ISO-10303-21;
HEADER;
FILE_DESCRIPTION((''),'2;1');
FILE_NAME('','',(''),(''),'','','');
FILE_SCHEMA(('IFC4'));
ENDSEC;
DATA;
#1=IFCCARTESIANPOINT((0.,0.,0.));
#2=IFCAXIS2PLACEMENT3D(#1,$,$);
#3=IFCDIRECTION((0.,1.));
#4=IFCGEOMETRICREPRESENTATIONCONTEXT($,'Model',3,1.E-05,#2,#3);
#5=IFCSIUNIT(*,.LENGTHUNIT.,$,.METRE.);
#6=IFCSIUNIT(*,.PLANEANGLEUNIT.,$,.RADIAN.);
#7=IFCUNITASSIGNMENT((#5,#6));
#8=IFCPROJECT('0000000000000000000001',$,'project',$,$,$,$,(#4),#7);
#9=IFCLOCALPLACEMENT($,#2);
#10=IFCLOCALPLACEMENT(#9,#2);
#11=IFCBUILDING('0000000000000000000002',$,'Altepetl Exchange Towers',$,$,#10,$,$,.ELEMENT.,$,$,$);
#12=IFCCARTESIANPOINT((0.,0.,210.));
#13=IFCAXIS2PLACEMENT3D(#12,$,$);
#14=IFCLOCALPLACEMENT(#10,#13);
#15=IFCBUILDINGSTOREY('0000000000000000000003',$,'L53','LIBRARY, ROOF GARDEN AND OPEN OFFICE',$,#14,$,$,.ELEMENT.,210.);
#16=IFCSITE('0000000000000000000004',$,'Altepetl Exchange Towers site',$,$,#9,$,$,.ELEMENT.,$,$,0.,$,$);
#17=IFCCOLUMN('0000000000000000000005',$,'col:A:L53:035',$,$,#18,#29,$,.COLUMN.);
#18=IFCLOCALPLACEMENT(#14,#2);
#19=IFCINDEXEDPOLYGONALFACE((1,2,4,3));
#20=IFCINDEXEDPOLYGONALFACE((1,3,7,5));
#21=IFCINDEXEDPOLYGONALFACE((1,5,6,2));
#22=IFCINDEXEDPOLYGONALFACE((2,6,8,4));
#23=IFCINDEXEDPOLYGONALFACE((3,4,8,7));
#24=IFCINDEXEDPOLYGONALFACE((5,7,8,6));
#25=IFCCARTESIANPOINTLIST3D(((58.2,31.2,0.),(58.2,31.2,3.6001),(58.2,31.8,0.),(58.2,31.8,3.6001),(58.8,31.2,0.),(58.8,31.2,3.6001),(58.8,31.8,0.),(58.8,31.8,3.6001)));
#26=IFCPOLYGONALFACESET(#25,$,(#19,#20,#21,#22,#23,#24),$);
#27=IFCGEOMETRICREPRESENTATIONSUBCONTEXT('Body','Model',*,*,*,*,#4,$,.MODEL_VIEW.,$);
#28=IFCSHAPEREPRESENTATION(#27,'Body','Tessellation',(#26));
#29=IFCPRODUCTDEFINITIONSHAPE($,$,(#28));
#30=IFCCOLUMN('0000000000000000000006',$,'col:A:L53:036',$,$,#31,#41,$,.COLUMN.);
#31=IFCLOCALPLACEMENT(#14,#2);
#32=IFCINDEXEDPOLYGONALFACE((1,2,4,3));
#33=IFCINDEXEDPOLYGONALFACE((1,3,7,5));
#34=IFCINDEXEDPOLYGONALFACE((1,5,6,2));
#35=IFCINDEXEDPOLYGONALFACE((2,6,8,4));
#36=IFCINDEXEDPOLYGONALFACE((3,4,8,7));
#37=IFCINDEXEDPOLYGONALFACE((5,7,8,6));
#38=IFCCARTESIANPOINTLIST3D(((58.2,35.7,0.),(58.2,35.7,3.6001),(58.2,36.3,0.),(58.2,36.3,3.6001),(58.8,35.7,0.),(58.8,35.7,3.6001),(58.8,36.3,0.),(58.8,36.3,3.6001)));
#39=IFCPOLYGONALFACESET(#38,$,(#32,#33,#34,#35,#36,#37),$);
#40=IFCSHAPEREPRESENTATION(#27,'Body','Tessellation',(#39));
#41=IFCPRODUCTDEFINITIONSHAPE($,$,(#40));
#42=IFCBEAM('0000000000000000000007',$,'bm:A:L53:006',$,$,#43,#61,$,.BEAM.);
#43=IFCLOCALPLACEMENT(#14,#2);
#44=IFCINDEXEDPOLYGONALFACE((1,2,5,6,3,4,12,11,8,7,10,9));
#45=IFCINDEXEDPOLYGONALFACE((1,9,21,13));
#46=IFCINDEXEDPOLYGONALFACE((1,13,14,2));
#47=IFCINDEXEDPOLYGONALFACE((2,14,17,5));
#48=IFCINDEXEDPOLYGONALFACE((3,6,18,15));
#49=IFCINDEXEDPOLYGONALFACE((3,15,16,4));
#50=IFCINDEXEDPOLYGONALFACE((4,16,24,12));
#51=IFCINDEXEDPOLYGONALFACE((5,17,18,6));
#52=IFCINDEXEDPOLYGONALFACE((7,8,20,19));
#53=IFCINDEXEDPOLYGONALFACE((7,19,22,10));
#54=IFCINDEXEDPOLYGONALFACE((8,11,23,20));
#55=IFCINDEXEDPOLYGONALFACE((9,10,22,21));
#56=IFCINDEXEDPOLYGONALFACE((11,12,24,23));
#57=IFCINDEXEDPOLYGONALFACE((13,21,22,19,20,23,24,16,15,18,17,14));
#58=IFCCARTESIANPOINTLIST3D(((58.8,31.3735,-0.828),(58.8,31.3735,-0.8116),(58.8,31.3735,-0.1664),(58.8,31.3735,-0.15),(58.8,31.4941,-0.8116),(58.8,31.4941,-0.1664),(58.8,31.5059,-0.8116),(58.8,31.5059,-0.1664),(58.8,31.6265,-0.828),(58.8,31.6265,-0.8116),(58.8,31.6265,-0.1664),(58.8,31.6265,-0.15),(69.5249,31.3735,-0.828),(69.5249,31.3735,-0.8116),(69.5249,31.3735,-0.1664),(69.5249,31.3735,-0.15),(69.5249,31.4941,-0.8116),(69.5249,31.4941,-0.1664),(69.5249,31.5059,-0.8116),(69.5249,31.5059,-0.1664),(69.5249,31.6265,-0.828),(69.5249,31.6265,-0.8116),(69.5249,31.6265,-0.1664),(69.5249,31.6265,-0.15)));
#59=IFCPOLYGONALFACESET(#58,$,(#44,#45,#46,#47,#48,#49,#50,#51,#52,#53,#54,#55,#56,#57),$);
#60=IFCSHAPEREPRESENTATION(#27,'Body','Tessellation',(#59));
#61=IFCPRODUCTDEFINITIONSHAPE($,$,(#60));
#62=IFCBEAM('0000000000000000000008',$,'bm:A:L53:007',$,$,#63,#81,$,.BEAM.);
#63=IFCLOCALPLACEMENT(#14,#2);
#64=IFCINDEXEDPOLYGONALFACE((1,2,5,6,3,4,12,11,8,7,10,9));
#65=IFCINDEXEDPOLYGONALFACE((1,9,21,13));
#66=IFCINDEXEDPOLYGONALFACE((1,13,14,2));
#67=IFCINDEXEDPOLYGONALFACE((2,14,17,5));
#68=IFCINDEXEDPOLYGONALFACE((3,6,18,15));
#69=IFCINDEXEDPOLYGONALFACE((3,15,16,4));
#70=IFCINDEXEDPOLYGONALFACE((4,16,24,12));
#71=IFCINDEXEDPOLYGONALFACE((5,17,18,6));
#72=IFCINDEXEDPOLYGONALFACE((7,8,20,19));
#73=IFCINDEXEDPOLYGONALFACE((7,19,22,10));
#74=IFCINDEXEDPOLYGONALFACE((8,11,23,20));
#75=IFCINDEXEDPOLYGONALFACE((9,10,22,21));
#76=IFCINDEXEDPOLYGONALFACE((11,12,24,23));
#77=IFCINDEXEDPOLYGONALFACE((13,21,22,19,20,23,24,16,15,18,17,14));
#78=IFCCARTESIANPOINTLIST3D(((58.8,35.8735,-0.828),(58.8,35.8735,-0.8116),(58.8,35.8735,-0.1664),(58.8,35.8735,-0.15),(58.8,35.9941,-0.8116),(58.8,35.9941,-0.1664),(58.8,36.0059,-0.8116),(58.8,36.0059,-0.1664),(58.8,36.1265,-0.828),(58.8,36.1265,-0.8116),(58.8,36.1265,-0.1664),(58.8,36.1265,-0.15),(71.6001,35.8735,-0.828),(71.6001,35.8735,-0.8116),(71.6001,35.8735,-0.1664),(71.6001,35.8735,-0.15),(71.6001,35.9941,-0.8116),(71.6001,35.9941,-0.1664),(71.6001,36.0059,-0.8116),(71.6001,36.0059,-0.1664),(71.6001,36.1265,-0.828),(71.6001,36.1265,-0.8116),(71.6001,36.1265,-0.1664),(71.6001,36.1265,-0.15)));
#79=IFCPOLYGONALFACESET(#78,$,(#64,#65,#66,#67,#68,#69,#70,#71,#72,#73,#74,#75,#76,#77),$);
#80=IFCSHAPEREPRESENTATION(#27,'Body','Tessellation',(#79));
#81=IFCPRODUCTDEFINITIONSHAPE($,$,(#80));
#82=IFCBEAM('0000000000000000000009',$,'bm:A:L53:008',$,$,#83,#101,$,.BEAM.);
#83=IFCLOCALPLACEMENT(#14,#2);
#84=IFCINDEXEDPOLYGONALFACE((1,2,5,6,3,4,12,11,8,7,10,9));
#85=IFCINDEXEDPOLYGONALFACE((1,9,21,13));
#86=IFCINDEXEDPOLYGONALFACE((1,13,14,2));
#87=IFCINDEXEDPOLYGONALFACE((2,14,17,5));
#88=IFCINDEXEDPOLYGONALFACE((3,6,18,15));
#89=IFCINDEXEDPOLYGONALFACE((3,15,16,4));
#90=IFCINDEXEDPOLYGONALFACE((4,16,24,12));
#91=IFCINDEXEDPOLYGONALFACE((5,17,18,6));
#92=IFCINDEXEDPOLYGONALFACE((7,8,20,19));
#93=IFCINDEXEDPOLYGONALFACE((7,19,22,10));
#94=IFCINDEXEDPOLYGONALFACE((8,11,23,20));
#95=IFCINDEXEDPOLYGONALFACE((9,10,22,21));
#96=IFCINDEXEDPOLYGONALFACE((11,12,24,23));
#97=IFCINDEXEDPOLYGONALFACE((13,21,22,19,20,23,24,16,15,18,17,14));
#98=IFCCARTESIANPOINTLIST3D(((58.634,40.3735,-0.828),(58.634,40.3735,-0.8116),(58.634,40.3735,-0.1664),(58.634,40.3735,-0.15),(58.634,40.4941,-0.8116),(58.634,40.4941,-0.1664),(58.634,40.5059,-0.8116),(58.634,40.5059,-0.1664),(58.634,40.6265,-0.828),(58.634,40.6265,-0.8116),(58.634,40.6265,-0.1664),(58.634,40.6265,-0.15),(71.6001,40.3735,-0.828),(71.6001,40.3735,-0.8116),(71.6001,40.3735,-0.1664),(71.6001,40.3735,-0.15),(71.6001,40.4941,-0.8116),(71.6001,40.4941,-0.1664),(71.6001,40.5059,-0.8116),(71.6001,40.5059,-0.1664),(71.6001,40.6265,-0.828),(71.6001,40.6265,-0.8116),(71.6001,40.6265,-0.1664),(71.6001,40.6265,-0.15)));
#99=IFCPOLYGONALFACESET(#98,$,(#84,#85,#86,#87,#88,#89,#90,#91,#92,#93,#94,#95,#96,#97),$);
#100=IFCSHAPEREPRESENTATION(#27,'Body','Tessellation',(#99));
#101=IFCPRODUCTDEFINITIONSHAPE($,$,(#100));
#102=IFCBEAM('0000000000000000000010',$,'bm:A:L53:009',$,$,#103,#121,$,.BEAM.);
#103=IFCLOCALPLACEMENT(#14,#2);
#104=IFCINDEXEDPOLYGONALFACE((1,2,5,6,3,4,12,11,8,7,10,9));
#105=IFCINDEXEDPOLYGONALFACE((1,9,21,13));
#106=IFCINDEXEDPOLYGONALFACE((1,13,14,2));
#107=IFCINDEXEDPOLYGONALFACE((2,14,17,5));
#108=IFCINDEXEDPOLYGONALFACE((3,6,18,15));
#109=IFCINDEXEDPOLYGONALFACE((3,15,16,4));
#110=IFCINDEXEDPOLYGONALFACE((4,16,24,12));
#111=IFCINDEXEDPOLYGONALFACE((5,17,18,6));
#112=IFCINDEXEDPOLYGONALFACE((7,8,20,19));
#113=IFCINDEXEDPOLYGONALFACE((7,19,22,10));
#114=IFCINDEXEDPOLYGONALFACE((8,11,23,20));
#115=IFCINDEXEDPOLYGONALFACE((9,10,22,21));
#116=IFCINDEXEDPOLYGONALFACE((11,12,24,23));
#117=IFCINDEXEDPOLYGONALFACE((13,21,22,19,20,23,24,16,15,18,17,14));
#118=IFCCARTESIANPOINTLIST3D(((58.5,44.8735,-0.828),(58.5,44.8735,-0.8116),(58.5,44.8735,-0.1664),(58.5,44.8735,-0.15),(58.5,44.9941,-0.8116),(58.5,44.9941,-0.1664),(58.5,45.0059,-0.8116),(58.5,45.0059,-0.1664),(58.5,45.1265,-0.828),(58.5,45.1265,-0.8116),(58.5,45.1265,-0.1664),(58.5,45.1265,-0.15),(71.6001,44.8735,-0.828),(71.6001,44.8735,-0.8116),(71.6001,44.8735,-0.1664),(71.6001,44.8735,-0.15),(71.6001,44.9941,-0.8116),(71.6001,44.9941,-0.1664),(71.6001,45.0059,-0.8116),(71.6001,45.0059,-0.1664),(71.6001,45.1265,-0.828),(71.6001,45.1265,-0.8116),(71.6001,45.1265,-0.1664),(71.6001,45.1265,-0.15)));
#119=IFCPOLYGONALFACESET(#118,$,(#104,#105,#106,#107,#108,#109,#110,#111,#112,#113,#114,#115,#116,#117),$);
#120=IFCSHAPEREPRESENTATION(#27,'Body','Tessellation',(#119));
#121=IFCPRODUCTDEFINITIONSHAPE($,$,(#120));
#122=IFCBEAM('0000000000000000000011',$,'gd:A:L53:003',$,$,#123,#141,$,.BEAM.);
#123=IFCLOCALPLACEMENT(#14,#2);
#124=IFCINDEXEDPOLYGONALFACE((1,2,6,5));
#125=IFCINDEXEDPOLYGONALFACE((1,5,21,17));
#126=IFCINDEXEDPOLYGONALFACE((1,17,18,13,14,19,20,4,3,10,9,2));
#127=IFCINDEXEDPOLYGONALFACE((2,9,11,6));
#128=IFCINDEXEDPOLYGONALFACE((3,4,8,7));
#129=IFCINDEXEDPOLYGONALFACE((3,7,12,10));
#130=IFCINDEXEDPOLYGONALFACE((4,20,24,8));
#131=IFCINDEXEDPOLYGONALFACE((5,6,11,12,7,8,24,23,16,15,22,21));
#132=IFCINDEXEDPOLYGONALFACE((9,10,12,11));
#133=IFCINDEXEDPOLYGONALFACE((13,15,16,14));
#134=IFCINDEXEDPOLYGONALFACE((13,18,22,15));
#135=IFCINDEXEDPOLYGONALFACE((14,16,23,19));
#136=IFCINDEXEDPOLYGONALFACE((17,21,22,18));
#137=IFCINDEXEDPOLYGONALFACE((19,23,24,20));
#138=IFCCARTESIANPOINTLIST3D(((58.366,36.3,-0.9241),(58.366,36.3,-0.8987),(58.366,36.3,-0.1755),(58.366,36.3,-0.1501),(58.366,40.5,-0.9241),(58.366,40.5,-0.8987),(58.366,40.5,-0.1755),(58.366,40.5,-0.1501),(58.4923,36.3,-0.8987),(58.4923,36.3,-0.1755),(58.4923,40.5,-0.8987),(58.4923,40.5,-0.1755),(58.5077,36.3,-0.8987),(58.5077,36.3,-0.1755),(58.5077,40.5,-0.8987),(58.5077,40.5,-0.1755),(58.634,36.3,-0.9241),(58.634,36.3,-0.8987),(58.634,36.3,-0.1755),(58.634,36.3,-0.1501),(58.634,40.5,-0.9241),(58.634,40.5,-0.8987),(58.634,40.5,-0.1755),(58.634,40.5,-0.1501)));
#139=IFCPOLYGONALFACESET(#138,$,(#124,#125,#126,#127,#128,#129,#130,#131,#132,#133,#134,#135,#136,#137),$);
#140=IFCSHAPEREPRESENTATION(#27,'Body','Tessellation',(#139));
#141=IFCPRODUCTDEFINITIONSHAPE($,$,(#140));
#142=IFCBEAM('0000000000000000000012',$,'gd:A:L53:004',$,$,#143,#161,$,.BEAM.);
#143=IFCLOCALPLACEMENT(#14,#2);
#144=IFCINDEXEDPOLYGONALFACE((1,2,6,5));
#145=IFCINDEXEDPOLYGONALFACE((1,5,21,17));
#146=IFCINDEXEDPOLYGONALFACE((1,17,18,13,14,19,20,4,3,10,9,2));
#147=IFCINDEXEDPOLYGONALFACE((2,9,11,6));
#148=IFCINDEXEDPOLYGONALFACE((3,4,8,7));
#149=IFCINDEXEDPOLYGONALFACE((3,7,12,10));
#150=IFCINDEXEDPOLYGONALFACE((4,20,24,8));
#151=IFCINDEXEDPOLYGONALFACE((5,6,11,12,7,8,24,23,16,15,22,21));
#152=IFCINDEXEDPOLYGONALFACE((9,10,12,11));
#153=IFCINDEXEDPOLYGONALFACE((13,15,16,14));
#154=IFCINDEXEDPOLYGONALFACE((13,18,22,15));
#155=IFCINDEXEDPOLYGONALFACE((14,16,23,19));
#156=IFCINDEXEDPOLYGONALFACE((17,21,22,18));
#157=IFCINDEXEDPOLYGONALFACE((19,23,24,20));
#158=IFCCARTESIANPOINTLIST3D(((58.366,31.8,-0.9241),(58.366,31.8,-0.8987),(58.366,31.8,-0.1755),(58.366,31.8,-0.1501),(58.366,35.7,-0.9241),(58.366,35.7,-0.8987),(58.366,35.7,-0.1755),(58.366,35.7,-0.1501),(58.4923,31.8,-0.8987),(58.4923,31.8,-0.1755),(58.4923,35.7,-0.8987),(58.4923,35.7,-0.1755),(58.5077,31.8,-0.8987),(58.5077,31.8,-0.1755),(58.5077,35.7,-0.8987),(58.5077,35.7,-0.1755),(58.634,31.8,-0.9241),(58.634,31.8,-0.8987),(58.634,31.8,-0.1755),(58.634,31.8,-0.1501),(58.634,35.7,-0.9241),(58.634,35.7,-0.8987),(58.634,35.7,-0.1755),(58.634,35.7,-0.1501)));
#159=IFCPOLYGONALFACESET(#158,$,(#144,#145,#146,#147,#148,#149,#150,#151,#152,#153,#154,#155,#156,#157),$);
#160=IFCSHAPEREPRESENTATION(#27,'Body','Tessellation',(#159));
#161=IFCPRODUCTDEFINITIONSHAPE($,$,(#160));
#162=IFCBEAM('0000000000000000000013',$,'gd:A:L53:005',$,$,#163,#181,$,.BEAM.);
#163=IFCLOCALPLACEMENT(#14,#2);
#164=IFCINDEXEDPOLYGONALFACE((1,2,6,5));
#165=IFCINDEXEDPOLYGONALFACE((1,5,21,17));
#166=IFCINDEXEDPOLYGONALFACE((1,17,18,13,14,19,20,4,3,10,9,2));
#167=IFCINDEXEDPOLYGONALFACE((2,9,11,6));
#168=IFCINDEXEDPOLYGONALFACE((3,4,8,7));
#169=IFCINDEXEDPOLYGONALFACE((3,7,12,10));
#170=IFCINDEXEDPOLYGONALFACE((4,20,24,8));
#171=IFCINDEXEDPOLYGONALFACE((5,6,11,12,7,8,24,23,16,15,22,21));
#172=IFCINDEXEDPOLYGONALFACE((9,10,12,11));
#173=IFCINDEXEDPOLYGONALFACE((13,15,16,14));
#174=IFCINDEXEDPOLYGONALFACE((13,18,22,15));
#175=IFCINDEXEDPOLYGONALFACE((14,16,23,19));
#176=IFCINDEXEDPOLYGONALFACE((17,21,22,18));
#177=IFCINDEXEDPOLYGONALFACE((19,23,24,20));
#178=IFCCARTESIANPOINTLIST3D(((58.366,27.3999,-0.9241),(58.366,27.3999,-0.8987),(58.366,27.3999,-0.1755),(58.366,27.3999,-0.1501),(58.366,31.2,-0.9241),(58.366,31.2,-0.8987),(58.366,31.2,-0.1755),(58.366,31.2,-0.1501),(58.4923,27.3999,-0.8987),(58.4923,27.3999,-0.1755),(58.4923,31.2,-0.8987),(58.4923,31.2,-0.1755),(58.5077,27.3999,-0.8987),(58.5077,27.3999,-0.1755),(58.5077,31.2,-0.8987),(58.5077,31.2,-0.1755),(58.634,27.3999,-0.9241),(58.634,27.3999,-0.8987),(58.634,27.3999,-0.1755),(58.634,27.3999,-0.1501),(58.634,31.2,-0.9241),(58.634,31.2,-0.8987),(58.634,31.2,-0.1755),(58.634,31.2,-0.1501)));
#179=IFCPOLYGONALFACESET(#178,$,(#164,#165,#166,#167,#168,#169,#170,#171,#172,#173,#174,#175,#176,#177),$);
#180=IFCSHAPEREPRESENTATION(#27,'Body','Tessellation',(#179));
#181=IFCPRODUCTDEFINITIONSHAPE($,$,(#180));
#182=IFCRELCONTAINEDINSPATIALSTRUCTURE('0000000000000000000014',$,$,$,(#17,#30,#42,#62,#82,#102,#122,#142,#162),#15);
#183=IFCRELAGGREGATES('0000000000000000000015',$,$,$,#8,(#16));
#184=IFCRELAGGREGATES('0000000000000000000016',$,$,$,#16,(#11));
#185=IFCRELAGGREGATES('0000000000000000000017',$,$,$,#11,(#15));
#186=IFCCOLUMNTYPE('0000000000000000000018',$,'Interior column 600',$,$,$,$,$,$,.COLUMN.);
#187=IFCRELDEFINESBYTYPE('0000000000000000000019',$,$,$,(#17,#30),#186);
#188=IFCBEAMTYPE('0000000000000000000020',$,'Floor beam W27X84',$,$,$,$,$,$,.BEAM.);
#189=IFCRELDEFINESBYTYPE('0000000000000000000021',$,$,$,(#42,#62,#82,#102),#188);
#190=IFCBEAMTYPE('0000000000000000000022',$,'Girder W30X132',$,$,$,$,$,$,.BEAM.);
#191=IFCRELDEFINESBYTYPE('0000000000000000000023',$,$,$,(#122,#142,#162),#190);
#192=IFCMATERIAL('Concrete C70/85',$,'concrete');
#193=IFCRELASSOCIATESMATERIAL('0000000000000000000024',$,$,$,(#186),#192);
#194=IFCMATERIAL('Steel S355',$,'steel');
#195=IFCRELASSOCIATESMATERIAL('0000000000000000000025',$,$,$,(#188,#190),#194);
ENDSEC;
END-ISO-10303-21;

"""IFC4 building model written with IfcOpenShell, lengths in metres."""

from ifc_helpers import new_model, si_unit, direction, frame, origin, origin_2d, place, context, subcontext, project, spatial, rectangle, i_section, extrude, material, material_profile, profile_set, type_object, element, save


model = new_model("IFC4")

# Units and contexts
model_context = context("Model", 3, precision=1e-05, world=origin(), true_north=direction((0.0, 1.0)))
body_context = subcontext(model_context, "Body", "Model", "MODEL_VIEW")
ifc_project = project(units=[si_unit("LENGTHUNIT", "METRE"), si_unit("PLANEANGLEUNIT", "RADIAN")], contexts=[model_context])

# Site, building, storey
site_placement = place(None, origin())
site = spatial("IfcSite", under=ifc_project, at=site_placement, Name="Altepetl Exchange Towers site", CompositionType="ELEMENT", RefElevation=0.0)
building_placement = place(site_placement, origin())
building = spatial("IfcBuilding", under=site, at=building_placement, Name="Altepetl Exchange Towers", CompositionType="ELEMENT")
storey_placement = place(building_placement, frame((0.0, 0.0, 210.0)))
storey = spatial("IfcBuildingStorey", under=building, at=storey_placement, Name="L53", Description="LIBRARY, ROOF GARDEN AND OPEN OFFICE", CompositionType="ELEMENT", Elevation=210.0)

# Columns
ifc_material_1 = material(Name="Concrete C70/85", Category="concrete")
ifc_material_profile_1 = material_profile(ifc_material_1, rectangle(XDim=0.6001, YDim=0.6001, at=origin_2d()), Name="600 x 600")
ifc_profile_set_1 = profile_set([ifc_material_profile_1], Name="Concrete C70/85")
column_type = type_object("IfcColumnType", Name="Interior column 600", PredefinedType="COLUMN", material=ifc_profile_set_1)
for number, where, name in (
    (1, (58.5, 31.5, 0.0), "col:A:L53:035"),
    (2, (58.5, 36.0, 0.0), "col:A:L53:036"),
):
    element("IfcColumn", number, at=place(storey_placement, frame(where)), inside=storey, type_object=column_type, Name=name, PredefinedType="COLUMN", context=body_context, shape_type="SweptSolid", body=[
        extrude(rectangle(XDim=0.6001, YDim=0.6001, at=origin_2d()), origin(), (0.0, 0.0, 1.0), 3.6001),
    ])

# Beams
ifc_material_2 = material(Name="Steel S355", Category="steel")
ifc_material_profile_2 = material_profile(ifc_material_2, i_section(OverallWidth=0.2529, OverallDepth=0.678, WebThickness=0.0117, FlangeThickness=0.0164, at=origin_2d()), Name="W27X84")
ifc_profile_set_2 = profile_set([ifc_material_profile_2], Name="Steel S355")
beam_type_1 = type_object("IfcBeamType", Name="Floor beam W27X84", PredefinedType="BEAM", material=ifc_profile_set_2)
beam_1_placement = place(storey_placement, frame((58.8, 31.5, -0.489), z_axis=(1.0, 0.0, 0.0), x_axis=(0.0, 1.0, 0.0)))
element("IfcBeam", 3, at=beam_1_placement, inside=storey, type_object=beam_type_1, Name="bm:A:L53:006", PredefinedType="BEAM", context=body_context, shape_type="SweptSolid", body=[
    extrude(i_section(OverallWidth=0.2529, OverallDepth=0.678, WebThickness=0.0117, FlangeThickness=0.0164, at=origin_2d()), origin(), (0.0, 0.0, 1.0), 10.7249),
])
beam_2_placement = place(storey_placement, frame((58.8, 36.0, -0.489), z_axis=(1.0, 0.0, 0.0), x_axis=(0.0, 1.0, 0.0)))
element("IfcBeam", 4, at=beam_2_placement, inside=storey, type_object=beam_type_1, Name="bm:A:L53:007", PredefinedType="BEAM", context=body_context, shape_type="SweptSolid", body=[
    extrude(i_section(OverallWidth=0.2529, OverallDepth=0.678, WebThickness=0.0117, FlangeThickness=0.0164, at=origin_2d()), origin(), (0.0, 0.0, 1.0), 12.8),
])
beam_3_placement = place(storey_placement, frame((58.634, 40.5, -0.489), z_axis=(1.0, 0.0, 0.0), x_axis=(0.0, 1.0, 0.0)))
element("IfcBeam", 5, at=beam_3_placement, inside=storey, type_object=beam_type_1, Name="bm:A:L53:008", PredefinedType="BEAM", context=body_context, shape_type="SweptSolid", body=[
    extrude(i_section(OverallWidth=0.2529, OverallDepth=0.678, WebThickness=0.0117, FlangeThickness=0.0164, at=origin_2d()), origin(), (0.0, 0.0, 1.0), 12.9661),
])
beam_4_placement = place(storey_placement, frame((58.5, 45.0, -0.489), z_axis=(1.0, 0.0, 0.0), x_axis=(0.0, 1.0, 0.0)))
element("IfcBeam", 6, at=beam_4_placement, inside=storey, type_object=beam_type_1, Name="bm:A:L53:009", PredefinedType="BEAM", context=body_context, shape_type="SweptSolid", body=[
    extrude(i_section(OverallWidth=0.2529, OverallDepth=0.678, WebThickness=0.0117, FlangeThickness=0.0164, at=origin_2d()), origin(), (0.0, 0.0, 1.0), 13.1001),
])
ifc_material_profile_3 = material_profile(ifc_material_2, i_section(OverallWidth=0.2681, OverallDepth=0.7739, WebThickness=0.0154, FlangeThickness=0.0254, at=origin_2d()), Name="W30X132")
ifc_profile_set_3 = profile_set([ifc_material_profile_3], Name="Steel S355")
beam_type_2 = type_object("IfcBeamType", Name="Girder W30X132", PredefinedType="BEAM", material=ifc_profile_set_3)
beam_5_placement = place(storey_placement, frame((58.5, 40.5, -0.5371), z_axis=(0.0, -1.0, 0.0), x_axis=(1.0, 0.0, 0.0)))
element("IfcBeam", 7, at=beam_5_placement, inside=storey, type_object=beam_type_2, Name="gd:A:L53:003", PredefinedType="BEAM", context=body_context, shape_type="SweptSolid", body=[
    extrude(i_section(OverallWidth=0.2681, OverallDepth=0.7739, WebThickness=0.0154, FlangeThickness=0.0254, at=origin_2d()), origin(), (0.0, 0.0, 1.0), 4.2),
])
beam_6_placement = place(storey_placement, frame((58.5, 35.7, -0.5371), z_axis=(0.0, -1.0, 0.0), x_axis=(1.0, 0.0, 0.0)))
element("IfcBeam", 8, at=beam_6_placement, inside=storey, type_object=beam_type_2, Name="gd:A:L53:004", PredefinedType="BEAM", context=body_context, shape_type="SweptSolid", body=[
    extrude(i_section(OverallWidth=0.2681, OverallDepth=0.7739, WebThickness=0.0154, FlangeThickness=0.0254, at=origin_2d()), origin(), (0.0, 0.0, 1.0), 3.8999),
])
beam_7_placement = place(storey_placement, frame((58.5, 31.2, -0.5371), z_axis=(0.0, -1.0, 0.0), x_axis=(1.0, 0.0, 0.0)))
element("IfcBeam", 9, at=beam_7_placement, inside=storey, type_object=beam_type_2, Name="gd:A:L53:005", PredefinedType="BEAM", context=body_context, shape_type="SweptSolid", body=[
    extrude(i_section(OverallWidth=0.2681, OverallDepth=0.7739, WebThickness=0.0154, FlangeThickness=0.0254, at=origin_2d()), origin(), (0.0, 0.0, 1.0), 3.8),
])

save(model, "model.ifc")
